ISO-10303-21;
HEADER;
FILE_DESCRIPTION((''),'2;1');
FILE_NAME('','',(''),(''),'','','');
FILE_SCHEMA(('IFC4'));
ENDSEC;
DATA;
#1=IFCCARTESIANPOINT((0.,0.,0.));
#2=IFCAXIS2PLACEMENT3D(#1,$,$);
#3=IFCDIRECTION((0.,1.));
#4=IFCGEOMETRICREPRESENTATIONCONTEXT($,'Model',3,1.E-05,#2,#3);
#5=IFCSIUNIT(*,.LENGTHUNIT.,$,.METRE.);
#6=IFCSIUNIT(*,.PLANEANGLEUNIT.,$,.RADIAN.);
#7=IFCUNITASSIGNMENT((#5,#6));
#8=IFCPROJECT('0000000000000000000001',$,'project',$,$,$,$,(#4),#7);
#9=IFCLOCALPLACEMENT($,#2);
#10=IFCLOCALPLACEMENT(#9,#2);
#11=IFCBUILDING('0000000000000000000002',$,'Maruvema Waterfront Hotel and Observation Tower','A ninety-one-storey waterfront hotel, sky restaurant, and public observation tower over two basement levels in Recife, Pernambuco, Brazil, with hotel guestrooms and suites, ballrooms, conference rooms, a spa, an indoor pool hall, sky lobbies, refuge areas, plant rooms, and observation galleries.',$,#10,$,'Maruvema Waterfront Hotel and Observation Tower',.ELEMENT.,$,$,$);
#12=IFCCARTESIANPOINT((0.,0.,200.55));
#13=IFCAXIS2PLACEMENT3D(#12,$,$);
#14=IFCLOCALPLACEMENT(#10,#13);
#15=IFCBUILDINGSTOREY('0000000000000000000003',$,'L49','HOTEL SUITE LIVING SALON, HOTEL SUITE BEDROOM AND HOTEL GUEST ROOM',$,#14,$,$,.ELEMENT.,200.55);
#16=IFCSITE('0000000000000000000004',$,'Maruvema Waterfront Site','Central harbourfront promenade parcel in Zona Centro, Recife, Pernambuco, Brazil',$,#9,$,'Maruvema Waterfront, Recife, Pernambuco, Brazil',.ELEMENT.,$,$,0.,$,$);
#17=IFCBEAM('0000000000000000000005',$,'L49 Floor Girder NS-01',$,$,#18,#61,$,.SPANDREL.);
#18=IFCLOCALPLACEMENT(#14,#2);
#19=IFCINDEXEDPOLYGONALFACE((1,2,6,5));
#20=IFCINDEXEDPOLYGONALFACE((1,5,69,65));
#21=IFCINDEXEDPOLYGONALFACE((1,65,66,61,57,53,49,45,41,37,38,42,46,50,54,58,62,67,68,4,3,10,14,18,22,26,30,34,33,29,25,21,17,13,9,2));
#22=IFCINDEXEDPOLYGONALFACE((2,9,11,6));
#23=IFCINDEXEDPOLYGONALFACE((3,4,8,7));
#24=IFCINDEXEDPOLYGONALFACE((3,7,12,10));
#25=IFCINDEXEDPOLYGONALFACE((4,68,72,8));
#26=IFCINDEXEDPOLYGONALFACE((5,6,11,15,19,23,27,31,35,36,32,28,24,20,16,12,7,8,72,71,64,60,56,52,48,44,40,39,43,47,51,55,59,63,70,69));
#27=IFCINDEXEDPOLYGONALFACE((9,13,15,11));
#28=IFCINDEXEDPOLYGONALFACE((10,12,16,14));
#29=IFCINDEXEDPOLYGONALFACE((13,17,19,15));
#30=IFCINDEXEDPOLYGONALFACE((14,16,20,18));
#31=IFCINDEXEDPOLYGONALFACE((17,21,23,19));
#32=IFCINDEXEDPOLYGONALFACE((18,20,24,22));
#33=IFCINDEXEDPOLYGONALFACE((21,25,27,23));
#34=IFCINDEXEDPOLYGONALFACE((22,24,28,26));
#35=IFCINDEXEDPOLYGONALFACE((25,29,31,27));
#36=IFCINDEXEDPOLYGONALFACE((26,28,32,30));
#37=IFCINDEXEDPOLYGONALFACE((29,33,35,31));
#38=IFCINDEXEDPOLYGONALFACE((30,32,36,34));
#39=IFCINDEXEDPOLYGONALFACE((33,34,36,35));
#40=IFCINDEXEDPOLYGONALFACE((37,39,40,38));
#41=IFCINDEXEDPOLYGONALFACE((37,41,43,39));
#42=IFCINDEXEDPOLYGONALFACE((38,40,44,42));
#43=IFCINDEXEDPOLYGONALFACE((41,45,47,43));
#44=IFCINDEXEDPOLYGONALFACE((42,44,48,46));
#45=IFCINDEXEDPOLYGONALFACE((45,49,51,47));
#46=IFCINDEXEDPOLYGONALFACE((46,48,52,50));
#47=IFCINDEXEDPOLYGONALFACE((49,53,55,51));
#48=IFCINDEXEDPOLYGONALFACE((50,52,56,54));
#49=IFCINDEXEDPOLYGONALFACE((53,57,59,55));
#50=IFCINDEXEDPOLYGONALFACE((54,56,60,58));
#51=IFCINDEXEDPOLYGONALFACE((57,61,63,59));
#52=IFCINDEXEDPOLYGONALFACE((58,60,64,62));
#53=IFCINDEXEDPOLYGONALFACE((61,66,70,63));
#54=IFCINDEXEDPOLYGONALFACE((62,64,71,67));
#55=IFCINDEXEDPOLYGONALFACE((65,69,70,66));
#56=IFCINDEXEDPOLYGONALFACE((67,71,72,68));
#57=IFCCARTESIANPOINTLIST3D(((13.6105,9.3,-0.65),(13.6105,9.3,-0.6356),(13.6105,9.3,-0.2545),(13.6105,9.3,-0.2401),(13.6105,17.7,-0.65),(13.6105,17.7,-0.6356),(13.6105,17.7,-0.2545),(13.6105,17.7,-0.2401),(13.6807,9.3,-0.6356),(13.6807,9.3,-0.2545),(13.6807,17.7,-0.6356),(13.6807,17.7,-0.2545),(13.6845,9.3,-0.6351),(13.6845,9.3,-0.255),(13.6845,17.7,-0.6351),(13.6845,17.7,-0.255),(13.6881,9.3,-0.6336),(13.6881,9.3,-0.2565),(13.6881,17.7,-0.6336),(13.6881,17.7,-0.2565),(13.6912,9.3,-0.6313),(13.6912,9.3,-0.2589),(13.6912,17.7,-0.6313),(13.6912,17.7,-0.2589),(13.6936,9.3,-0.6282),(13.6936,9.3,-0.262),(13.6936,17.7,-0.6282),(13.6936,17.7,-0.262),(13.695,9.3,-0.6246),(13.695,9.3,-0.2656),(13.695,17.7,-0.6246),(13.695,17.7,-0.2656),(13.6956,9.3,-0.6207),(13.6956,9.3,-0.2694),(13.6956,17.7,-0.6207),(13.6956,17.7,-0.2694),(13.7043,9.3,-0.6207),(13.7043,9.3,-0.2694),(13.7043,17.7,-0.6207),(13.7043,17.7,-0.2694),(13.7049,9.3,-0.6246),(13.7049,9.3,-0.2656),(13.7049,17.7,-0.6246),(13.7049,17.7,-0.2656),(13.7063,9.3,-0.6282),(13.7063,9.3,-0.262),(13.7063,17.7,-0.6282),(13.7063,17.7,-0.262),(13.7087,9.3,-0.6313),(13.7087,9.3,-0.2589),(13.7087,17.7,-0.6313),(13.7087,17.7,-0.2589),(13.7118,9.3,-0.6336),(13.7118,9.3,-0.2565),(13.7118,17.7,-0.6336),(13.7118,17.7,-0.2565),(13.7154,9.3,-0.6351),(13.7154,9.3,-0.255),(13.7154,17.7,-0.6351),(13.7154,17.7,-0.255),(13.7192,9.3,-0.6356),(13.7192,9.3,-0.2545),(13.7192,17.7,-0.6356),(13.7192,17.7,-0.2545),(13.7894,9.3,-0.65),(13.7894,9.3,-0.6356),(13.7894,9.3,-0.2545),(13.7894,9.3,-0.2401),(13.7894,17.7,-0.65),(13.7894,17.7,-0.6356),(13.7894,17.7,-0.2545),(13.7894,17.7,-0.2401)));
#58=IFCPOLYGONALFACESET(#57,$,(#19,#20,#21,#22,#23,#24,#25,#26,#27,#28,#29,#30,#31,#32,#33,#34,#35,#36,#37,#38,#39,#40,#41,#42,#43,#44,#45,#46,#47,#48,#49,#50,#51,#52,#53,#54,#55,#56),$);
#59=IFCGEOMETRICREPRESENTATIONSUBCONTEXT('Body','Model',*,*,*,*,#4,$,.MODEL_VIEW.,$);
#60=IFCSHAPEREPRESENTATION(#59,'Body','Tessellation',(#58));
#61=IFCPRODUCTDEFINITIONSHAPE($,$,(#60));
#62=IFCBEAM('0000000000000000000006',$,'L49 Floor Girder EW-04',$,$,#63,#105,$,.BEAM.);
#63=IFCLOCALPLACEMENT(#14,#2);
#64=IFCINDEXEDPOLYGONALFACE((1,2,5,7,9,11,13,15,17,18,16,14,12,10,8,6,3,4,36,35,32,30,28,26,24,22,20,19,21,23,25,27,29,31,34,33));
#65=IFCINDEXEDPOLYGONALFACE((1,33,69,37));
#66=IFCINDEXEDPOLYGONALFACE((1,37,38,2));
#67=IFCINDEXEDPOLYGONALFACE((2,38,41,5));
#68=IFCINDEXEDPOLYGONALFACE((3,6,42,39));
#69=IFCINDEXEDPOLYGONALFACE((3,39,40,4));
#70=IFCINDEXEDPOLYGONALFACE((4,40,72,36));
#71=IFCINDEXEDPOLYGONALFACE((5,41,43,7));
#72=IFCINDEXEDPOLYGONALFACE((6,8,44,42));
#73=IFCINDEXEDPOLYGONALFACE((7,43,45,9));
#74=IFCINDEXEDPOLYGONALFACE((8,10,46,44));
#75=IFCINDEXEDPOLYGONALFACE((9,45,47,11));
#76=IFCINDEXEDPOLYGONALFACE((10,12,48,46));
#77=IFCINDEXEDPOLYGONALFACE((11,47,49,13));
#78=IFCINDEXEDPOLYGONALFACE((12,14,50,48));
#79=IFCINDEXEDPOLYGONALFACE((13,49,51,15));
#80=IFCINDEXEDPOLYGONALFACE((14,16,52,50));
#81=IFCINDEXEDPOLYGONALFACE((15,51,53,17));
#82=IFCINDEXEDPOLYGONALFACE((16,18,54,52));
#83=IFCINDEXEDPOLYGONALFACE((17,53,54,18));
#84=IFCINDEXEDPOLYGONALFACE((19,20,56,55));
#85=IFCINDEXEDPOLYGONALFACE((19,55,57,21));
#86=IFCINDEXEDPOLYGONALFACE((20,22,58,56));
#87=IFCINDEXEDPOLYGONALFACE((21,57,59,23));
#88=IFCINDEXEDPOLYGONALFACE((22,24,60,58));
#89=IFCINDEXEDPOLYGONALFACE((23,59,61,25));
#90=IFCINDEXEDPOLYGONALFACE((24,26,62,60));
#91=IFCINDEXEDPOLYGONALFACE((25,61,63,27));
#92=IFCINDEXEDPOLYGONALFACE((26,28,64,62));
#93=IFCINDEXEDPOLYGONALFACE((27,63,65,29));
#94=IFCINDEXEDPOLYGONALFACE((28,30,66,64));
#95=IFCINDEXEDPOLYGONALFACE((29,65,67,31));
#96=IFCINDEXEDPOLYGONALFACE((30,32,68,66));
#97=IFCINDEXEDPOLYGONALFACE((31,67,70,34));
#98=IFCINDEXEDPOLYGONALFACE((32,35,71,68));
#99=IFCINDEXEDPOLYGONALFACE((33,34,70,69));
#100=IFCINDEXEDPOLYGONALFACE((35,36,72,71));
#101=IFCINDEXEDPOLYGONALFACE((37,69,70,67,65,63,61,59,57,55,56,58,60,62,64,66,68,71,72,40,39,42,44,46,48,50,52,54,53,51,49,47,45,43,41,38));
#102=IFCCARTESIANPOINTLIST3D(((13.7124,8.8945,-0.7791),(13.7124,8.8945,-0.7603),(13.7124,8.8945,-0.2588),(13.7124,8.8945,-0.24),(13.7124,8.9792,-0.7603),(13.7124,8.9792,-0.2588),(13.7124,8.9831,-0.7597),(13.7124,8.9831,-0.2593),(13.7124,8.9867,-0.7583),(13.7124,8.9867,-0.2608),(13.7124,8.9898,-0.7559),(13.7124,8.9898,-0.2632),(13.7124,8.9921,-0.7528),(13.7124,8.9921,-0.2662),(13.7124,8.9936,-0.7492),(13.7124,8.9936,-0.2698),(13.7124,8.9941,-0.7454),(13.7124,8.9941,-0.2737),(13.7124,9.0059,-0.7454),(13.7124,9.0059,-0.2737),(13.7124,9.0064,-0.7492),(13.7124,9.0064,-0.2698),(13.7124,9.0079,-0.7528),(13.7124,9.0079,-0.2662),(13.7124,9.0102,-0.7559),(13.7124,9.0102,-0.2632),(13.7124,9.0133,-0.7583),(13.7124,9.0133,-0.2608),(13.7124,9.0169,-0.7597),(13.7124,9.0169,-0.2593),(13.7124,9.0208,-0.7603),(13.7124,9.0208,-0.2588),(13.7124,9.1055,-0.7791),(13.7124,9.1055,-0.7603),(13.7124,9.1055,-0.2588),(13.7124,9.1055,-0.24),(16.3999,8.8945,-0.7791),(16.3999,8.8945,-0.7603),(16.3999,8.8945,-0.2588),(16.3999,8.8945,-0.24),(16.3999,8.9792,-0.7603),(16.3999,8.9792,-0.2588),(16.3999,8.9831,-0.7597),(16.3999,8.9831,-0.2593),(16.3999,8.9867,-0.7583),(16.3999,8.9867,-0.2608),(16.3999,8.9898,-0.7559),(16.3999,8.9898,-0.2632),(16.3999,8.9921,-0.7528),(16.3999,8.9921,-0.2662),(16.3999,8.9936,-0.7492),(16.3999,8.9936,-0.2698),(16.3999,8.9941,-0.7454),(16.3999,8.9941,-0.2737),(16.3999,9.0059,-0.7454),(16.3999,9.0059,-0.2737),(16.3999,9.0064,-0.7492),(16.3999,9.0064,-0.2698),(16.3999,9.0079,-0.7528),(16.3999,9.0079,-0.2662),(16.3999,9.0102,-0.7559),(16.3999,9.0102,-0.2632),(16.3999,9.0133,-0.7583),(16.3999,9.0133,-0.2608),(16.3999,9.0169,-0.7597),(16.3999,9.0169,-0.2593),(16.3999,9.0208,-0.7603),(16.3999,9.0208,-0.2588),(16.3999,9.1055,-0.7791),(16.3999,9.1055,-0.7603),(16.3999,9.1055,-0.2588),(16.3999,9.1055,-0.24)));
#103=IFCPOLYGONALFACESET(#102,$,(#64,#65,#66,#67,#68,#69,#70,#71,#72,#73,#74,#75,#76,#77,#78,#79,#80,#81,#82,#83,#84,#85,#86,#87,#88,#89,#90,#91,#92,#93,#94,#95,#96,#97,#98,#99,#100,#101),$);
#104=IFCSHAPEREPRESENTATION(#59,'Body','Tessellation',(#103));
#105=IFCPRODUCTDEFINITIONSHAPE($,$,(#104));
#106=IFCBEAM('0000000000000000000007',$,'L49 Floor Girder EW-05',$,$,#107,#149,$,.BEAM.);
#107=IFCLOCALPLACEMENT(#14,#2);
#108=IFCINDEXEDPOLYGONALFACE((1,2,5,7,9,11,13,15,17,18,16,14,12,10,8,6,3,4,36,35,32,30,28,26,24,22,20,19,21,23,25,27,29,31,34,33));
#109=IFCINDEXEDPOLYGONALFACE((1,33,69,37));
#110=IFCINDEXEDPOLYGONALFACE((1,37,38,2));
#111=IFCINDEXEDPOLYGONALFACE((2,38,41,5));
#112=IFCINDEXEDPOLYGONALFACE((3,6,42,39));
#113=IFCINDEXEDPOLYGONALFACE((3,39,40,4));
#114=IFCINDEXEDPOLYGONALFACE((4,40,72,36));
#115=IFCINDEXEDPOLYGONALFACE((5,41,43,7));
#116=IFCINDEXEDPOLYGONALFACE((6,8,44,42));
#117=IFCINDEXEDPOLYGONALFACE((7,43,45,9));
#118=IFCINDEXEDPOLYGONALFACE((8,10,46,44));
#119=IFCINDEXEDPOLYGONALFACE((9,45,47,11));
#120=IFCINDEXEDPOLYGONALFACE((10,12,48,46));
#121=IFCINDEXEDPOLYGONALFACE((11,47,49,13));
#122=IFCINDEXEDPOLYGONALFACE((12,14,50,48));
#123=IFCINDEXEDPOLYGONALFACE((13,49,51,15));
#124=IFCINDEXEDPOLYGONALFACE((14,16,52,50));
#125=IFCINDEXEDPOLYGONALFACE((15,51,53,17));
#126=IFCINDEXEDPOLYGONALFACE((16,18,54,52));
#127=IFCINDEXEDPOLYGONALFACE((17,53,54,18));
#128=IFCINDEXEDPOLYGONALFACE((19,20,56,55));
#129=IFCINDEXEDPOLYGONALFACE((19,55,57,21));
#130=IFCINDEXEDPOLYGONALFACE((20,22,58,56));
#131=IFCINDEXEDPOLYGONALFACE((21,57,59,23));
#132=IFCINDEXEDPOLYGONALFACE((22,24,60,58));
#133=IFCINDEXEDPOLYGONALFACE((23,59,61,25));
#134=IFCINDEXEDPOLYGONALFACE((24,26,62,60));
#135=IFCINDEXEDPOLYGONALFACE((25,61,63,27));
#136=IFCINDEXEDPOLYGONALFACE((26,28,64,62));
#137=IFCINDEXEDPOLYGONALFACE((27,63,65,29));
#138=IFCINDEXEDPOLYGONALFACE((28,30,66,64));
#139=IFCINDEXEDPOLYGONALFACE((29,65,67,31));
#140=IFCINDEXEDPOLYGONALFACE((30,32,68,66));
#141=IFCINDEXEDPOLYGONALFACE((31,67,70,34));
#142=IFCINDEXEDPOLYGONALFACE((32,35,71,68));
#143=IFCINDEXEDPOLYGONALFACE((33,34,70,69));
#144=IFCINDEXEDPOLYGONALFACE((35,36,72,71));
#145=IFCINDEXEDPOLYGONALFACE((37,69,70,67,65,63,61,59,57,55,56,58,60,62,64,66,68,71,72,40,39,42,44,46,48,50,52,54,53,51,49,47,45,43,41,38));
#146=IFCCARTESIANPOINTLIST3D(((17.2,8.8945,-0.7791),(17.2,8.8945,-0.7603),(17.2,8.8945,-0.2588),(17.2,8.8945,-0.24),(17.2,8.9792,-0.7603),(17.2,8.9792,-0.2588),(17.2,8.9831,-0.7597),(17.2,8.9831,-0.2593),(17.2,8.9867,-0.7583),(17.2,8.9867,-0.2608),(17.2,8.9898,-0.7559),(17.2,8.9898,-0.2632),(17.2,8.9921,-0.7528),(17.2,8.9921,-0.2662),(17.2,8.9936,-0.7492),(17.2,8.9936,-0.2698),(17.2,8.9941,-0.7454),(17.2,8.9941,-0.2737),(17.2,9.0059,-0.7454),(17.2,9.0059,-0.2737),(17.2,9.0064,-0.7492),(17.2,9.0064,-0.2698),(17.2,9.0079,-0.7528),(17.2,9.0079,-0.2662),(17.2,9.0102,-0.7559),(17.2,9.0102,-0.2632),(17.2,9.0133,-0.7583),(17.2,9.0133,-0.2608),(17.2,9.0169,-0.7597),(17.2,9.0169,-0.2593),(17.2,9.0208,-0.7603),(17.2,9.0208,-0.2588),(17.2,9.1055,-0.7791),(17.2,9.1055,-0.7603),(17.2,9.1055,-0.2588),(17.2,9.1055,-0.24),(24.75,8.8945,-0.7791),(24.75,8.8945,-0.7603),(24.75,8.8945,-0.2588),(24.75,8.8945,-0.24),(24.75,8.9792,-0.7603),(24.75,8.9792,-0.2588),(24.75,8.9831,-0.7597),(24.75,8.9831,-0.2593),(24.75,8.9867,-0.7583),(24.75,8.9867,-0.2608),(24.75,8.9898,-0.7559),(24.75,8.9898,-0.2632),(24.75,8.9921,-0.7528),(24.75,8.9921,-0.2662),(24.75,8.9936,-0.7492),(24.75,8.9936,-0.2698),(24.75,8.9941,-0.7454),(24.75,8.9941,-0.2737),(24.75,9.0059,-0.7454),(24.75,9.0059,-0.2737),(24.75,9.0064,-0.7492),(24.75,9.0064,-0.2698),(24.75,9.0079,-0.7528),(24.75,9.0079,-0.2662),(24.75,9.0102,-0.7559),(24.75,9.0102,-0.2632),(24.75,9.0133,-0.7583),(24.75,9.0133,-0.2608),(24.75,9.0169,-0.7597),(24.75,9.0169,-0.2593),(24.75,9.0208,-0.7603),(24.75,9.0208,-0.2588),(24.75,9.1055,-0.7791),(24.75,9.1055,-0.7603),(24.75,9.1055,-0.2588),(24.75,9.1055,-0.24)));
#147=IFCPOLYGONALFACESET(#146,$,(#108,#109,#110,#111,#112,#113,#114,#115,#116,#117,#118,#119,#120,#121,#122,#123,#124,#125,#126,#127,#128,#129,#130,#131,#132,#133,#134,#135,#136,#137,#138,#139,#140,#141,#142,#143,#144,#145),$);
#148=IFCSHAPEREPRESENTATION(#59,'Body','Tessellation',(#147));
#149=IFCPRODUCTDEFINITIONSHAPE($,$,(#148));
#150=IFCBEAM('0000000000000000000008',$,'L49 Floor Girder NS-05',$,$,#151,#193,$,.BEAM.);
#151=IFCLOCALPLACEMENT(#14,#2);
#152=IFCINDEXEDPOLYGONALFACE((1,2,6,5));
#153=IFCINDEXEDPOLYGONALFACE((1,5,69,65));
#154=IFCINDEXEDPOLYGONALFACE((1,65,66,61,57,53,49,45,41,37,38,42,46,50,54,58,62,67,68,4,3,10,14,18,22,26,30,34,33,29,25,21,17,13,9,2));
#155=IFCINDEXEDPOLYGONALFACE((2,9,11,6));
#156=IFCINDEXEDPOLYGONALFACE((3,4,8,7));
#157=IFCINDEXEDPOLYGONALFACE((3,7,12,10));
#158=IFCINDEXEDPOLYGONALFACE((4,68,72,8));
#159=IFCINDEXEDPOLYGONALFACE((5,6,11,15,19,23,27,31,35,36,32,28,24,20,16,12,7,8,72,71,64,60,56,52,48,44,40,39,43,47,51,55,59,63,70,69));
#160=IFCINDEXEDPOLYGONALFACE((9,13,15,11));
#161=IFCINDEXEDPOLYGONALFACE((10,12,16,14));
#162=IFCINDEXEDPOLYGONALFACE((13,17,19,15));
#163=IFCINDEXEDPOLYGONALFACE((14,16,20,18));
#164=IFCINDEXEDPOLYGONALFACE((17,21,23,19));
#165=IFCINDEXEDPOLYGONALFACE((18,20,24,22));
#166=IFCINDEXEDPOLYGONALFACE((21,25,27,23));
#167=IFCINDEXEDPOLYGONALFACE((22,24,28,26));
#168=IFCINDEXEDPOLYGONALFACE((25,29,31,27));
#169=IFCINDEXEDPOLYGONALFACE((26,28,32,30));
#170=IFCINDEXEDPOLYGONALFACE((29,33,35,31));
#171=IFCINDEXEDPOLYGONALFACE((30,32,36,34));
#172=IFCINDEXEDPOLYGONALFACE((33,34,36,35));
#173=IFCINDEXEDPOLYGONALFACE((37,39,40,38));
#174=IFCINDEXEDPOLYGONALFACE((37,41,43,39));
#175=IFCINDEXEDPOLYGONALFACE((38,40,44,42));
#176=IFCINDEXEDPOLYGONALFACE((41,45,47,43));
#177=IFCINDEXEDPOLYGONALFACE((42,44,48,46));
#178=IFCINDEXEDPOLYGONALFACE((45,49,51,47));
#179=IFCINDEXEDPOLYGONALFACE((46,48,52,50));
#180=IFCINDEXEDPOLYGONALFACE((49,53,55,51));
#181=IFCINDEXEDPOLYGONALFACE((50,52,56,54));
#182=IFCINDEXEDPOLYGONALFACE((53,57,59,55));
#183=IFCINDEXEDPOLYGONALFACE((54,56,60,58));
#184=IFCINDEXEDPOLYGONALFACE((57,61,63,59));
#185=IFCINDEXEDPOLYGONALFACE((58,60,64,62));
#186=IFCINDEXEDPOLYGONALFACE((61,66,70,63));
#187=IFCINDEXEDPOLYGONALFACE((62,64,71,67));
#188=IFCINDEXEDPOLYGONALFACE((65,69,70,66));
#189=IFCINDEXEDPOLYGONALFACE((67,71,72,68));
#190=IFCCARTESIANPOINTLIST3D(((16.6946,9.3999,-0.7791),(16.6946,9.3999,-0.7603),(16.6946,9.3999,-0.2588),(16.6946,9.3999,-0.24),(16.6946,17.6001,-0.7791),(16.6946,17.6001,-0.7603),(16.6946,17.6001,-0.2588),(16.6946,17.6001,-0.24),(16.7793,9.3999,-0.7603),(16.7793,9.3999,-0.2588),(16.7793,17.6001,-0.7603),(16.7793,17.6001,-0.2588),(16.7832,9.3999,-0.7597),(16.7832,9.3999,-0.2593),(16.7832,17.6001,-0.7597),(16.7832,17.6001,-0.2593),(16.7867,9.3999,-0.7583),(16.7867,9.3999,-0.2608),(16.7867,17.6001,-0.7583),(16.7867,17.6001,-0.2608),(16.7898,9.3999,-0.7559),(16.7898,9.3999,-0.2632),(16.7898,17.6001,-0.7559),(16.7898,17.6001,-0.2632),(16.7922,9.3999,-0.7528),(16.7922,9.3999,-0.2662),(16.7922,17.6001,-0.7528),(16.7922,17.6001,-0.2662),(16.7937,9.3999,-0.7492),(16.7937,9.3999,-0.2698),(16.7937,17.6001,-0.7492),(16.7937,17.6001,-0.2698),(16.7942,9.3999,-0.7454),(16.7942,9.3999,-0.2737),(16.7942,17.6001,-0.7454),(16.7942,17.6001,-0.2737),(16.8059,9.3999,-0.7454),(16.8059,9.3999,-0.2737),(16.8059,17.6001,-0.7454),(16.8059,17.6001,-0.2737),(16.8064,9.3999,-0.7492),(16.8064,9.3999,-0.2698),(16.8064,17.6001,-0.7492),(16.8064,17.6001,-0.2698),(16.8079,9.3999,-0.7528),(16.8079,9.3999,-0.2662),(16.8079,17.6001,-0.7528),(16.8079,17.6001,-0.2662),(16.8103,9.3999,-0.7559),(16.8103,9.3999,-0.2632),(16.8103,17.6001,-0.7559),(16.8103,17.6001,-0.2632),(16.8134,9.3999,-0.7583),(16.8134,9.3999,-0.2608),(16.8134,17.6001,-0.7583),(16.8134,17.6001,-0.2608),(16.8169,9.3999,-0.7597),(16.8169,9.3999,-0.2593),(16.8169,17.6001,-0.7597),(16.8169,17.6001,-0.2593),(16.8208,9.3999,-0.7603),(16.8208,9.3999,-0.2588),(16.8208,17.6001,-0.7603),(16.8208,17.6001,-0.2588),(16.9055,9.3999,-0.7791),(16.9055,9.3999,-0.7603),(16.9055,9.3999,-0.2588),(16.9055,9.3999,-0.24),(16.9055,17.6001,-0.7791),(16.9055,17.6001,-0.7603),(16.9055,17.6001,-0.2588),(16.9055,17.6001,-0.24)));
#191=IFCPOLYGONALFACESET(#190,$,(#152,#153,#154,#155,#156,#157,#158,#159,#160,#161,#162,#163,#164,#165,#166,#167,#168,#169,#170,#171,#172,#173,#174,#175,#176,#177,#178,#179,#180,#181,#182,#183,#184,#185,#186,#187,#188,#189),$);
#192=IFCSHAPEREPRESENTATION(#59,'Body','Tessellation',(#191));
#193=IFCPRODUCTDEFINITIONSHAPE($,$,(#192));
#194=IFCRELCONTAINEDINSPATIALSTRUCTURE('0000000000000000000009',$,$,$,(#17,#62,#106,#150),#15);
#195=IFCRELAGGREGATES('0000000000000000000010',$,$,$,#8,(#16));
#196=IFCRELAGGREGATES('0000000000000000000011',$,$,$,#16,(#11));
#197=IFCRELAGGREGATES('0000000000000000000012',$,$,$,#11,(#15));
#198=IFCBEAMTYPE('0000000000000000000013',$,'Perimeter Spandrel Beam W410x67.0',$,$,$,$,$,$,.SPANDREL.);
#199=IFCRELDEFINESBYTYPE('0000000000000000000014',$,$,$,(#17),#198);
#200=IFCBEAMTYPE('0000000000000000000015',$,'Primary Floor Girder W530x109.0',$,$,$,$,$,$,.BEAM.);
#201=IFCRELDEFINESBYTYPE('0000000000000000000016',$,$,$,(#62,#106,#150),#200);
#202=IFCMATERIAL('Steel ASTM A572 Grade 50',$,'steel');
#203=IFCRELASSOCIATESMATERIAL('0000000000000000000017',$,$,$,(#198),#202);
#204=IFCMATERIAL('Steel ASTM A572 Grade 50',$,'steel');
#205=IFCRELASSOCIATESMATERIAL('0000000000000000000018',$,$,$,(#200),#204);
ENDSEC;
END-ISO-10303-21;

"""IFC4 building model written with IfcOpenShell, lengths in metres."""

from ifc_helpers import new_model, si_unit, direction, frame, origin, origin_2d, place, context, subcontext, project, spatial, i_section, extrude, material, material_profile, profile_set, type_object, element, save


model = new_model("IFC4")

# Units and contexts
model_context = context("Model", 3, precision=1e-05, world=origin(), true_north=direction((0.0, 1.0)))
body_context = subcontext(model_context, "Body", "Model", "MODEL_VIEW")
ifc_project = project(units=[si_unit("LENGTHUNIT", "METRE"), si_unit("PLANEANGLEUNIT", "RADIAN")], contexts=[model_context])

# Site, building, storey
site_placement = place(None, origin())
site = spatial("IfcSite", under=ifc_project, at=site_placement, Name="Maruvema Waterfront Site", Description="Central harbourfront promenade parcel in Zona Centro, Recife, Pernambuco, Brazil", LongName="Maruvema Waterfront, Recife, Pernambuco, Brazil", CompositionType="ELEMENT", RefElevation=0.0)
building_placement = place(site_placement, origin())
building = spatial("IfcBuilding", under=site, at=building_placement, Name="Maruvema Waterfront Hotel and Observation Tower", Description="A ninety-one-storey waterfront hotel, sky restaurant, and public observation tower over two basement levels in Recife, Pernambuco, Brazil, with hotel guestrooms and suites, ballrooms, conference rooms, a spa, an indoor pool hall, sky lobbies, refuge areas, plant rooms, and observation galleries.", LongName="Maruvema Waterfront Hotel and Observation Tower", CompositionType="ELEMENT")
storey_placement = place(building_placement, frame((0.0, 0.0, 200.55)))
storey = spatial("IfcBuildingStorey", under=building, at=storey_placement, Name="L49", Description="HOTEL SUITE LIVING SALON, HOTEL SUITE BEDROOM AND HOTEL GUEST ROOM", CompositionType="ELEMENT", Elevation=200.55)

# Beams
ifc_material_1 = material(Name="Steel ASTM A572 Grade 50", Category="steel")
ifc_material_profile_1 = material_profile(ifc_material_1, i_section(OverallWidth=0.179, OverallDepth=0.4099, WebThickness=0.0088, FlangeThickness=0.0144, FilletRadius=0.0149, at=origin_2d()), Name="W410x67.0")
ifc_profile_set_1 = profile_set([ifc_material_profile_1], Name="Steel ASTM A572 Grade 50")
beam_type_1 = type_object("IfcBeamType", Name="Perimeter Spandrel Beam W410x67.0", PredefinedType="SPANDREL", material=ifc_profile_set_1)
beam_1_placement = place(storey_placement, frame((13.7, 9.3, -0.4451), z_axis=(0.0, 1.0, 0.0), x_axis=(-1.0, 0.0, 0.0)))
element("IfcBeam", 1, at=beam_1_placement, inside=storey, type_object=beam_type_1, Name="L49 Floor Girder NS-01", PredefinedType="SPANDREL", context=body_context, shape_type="SweptSolid", body=[
    extrude(i_section(OverallWidth=0.179, OverallDepth=0.4099, WebThickness=0.0088, FlangeThickness=0.0144, FilletRadius=0.0149, at=origin_2d()), origin(), (0.0, 0.0, 1.0), 8.3999),
])
ifc_material_2 = material(Name="Steel ASTM A572 Grade 50", Category="steel")
ifc_material_profile_2 = material_profile(ifc_material_2, i_section(OverallWidth=0.2109, OverallDepth=0.5391, WebThickness=0.0117, FlangeThickness=0.0188, FilletRadius=0.0149, at=origin_2d()), Name="W530x109.0")
ifc_profile_set_2 = profile_set([ifc_material_profile_2], Name="Steel ASTM A572 Grade 50")
beam_type_2 = type_object("IfcBeamType", Name="Primary Floor Girder W530x109.0", PredefinedType="BEAM", material=ifc_profile_set_2)
beam_2_placement = place(storey_placement, frame((13.7124, 9.0, -0.5095), z_axis=(1.0, 0.0, 0.0), x_axis=(0.0, 1.0, 0.0)))
element("IfcBeam", 2, at=beam_2_placement, inside=storey, type_object=beam_type_2, Name="L49 Floor Girder EW-04", PredefinedType="BEAM", context=body_context, shape_type="SweptSolid", body=[
    extrude(i_section(OverallWidth=0.2109, OverallDepth=0.5391, WebThickness=0.0117, FlangeThickness=0.0188, FilletRadius=0.0149, at=origin_2d()), origin(), (0.0, 0.0, 1.0), 2.6875),
])
beam_3_placement = place(storey_placement, frame((17.2, 9.0, -0.5095), z_axis=(1.0, 0.0, 0.0), x_axis=(0.0, 1.0, 0.0)))
element("IfcBeam", 3, at=beam_3_placement, inside=storey, type_object=beam_type_2, Name="L49 Floor Girder EW-05", PredefinedType="BEAM", context=body_context, shape_type="SweptSolid", body=[
    extrude(i_section(OverallWidth=0.2109, OverallDepth=0.5391, WebThickness=0.0117, FlangeThickness=0.0188, FilletRadius=0.0149, at=origin_2d()), origin(), (0.0, 0.0, 1.0), 7.55),
])
beam_4_placement = place(storey_placement, frame((16.8, 9.3999, -0.5095), z_axis=(0.0, 1.0, 0.0), x_axis=(-1.0, 0.0, 0.0)))
element("IfcBeam", 4, at=beam_4_placement, inside=storey, type_object=beam_type_2, Name="L49 Floor Girder NS-05", PredefinedType="BEAM", context=body_context, shape_type="SweptSolid", body=[
    extrude(i_section(OverallWidth=0.2109, OverallDepth=0.5391, WebThickness=0.0117, FlangeThickness=0.0188, FilletRadius=0.0149, at=origin_2d()), origin(), (0.0, 0.0, 1.0), 8.2002),
])

save(model, "model.ifc")
